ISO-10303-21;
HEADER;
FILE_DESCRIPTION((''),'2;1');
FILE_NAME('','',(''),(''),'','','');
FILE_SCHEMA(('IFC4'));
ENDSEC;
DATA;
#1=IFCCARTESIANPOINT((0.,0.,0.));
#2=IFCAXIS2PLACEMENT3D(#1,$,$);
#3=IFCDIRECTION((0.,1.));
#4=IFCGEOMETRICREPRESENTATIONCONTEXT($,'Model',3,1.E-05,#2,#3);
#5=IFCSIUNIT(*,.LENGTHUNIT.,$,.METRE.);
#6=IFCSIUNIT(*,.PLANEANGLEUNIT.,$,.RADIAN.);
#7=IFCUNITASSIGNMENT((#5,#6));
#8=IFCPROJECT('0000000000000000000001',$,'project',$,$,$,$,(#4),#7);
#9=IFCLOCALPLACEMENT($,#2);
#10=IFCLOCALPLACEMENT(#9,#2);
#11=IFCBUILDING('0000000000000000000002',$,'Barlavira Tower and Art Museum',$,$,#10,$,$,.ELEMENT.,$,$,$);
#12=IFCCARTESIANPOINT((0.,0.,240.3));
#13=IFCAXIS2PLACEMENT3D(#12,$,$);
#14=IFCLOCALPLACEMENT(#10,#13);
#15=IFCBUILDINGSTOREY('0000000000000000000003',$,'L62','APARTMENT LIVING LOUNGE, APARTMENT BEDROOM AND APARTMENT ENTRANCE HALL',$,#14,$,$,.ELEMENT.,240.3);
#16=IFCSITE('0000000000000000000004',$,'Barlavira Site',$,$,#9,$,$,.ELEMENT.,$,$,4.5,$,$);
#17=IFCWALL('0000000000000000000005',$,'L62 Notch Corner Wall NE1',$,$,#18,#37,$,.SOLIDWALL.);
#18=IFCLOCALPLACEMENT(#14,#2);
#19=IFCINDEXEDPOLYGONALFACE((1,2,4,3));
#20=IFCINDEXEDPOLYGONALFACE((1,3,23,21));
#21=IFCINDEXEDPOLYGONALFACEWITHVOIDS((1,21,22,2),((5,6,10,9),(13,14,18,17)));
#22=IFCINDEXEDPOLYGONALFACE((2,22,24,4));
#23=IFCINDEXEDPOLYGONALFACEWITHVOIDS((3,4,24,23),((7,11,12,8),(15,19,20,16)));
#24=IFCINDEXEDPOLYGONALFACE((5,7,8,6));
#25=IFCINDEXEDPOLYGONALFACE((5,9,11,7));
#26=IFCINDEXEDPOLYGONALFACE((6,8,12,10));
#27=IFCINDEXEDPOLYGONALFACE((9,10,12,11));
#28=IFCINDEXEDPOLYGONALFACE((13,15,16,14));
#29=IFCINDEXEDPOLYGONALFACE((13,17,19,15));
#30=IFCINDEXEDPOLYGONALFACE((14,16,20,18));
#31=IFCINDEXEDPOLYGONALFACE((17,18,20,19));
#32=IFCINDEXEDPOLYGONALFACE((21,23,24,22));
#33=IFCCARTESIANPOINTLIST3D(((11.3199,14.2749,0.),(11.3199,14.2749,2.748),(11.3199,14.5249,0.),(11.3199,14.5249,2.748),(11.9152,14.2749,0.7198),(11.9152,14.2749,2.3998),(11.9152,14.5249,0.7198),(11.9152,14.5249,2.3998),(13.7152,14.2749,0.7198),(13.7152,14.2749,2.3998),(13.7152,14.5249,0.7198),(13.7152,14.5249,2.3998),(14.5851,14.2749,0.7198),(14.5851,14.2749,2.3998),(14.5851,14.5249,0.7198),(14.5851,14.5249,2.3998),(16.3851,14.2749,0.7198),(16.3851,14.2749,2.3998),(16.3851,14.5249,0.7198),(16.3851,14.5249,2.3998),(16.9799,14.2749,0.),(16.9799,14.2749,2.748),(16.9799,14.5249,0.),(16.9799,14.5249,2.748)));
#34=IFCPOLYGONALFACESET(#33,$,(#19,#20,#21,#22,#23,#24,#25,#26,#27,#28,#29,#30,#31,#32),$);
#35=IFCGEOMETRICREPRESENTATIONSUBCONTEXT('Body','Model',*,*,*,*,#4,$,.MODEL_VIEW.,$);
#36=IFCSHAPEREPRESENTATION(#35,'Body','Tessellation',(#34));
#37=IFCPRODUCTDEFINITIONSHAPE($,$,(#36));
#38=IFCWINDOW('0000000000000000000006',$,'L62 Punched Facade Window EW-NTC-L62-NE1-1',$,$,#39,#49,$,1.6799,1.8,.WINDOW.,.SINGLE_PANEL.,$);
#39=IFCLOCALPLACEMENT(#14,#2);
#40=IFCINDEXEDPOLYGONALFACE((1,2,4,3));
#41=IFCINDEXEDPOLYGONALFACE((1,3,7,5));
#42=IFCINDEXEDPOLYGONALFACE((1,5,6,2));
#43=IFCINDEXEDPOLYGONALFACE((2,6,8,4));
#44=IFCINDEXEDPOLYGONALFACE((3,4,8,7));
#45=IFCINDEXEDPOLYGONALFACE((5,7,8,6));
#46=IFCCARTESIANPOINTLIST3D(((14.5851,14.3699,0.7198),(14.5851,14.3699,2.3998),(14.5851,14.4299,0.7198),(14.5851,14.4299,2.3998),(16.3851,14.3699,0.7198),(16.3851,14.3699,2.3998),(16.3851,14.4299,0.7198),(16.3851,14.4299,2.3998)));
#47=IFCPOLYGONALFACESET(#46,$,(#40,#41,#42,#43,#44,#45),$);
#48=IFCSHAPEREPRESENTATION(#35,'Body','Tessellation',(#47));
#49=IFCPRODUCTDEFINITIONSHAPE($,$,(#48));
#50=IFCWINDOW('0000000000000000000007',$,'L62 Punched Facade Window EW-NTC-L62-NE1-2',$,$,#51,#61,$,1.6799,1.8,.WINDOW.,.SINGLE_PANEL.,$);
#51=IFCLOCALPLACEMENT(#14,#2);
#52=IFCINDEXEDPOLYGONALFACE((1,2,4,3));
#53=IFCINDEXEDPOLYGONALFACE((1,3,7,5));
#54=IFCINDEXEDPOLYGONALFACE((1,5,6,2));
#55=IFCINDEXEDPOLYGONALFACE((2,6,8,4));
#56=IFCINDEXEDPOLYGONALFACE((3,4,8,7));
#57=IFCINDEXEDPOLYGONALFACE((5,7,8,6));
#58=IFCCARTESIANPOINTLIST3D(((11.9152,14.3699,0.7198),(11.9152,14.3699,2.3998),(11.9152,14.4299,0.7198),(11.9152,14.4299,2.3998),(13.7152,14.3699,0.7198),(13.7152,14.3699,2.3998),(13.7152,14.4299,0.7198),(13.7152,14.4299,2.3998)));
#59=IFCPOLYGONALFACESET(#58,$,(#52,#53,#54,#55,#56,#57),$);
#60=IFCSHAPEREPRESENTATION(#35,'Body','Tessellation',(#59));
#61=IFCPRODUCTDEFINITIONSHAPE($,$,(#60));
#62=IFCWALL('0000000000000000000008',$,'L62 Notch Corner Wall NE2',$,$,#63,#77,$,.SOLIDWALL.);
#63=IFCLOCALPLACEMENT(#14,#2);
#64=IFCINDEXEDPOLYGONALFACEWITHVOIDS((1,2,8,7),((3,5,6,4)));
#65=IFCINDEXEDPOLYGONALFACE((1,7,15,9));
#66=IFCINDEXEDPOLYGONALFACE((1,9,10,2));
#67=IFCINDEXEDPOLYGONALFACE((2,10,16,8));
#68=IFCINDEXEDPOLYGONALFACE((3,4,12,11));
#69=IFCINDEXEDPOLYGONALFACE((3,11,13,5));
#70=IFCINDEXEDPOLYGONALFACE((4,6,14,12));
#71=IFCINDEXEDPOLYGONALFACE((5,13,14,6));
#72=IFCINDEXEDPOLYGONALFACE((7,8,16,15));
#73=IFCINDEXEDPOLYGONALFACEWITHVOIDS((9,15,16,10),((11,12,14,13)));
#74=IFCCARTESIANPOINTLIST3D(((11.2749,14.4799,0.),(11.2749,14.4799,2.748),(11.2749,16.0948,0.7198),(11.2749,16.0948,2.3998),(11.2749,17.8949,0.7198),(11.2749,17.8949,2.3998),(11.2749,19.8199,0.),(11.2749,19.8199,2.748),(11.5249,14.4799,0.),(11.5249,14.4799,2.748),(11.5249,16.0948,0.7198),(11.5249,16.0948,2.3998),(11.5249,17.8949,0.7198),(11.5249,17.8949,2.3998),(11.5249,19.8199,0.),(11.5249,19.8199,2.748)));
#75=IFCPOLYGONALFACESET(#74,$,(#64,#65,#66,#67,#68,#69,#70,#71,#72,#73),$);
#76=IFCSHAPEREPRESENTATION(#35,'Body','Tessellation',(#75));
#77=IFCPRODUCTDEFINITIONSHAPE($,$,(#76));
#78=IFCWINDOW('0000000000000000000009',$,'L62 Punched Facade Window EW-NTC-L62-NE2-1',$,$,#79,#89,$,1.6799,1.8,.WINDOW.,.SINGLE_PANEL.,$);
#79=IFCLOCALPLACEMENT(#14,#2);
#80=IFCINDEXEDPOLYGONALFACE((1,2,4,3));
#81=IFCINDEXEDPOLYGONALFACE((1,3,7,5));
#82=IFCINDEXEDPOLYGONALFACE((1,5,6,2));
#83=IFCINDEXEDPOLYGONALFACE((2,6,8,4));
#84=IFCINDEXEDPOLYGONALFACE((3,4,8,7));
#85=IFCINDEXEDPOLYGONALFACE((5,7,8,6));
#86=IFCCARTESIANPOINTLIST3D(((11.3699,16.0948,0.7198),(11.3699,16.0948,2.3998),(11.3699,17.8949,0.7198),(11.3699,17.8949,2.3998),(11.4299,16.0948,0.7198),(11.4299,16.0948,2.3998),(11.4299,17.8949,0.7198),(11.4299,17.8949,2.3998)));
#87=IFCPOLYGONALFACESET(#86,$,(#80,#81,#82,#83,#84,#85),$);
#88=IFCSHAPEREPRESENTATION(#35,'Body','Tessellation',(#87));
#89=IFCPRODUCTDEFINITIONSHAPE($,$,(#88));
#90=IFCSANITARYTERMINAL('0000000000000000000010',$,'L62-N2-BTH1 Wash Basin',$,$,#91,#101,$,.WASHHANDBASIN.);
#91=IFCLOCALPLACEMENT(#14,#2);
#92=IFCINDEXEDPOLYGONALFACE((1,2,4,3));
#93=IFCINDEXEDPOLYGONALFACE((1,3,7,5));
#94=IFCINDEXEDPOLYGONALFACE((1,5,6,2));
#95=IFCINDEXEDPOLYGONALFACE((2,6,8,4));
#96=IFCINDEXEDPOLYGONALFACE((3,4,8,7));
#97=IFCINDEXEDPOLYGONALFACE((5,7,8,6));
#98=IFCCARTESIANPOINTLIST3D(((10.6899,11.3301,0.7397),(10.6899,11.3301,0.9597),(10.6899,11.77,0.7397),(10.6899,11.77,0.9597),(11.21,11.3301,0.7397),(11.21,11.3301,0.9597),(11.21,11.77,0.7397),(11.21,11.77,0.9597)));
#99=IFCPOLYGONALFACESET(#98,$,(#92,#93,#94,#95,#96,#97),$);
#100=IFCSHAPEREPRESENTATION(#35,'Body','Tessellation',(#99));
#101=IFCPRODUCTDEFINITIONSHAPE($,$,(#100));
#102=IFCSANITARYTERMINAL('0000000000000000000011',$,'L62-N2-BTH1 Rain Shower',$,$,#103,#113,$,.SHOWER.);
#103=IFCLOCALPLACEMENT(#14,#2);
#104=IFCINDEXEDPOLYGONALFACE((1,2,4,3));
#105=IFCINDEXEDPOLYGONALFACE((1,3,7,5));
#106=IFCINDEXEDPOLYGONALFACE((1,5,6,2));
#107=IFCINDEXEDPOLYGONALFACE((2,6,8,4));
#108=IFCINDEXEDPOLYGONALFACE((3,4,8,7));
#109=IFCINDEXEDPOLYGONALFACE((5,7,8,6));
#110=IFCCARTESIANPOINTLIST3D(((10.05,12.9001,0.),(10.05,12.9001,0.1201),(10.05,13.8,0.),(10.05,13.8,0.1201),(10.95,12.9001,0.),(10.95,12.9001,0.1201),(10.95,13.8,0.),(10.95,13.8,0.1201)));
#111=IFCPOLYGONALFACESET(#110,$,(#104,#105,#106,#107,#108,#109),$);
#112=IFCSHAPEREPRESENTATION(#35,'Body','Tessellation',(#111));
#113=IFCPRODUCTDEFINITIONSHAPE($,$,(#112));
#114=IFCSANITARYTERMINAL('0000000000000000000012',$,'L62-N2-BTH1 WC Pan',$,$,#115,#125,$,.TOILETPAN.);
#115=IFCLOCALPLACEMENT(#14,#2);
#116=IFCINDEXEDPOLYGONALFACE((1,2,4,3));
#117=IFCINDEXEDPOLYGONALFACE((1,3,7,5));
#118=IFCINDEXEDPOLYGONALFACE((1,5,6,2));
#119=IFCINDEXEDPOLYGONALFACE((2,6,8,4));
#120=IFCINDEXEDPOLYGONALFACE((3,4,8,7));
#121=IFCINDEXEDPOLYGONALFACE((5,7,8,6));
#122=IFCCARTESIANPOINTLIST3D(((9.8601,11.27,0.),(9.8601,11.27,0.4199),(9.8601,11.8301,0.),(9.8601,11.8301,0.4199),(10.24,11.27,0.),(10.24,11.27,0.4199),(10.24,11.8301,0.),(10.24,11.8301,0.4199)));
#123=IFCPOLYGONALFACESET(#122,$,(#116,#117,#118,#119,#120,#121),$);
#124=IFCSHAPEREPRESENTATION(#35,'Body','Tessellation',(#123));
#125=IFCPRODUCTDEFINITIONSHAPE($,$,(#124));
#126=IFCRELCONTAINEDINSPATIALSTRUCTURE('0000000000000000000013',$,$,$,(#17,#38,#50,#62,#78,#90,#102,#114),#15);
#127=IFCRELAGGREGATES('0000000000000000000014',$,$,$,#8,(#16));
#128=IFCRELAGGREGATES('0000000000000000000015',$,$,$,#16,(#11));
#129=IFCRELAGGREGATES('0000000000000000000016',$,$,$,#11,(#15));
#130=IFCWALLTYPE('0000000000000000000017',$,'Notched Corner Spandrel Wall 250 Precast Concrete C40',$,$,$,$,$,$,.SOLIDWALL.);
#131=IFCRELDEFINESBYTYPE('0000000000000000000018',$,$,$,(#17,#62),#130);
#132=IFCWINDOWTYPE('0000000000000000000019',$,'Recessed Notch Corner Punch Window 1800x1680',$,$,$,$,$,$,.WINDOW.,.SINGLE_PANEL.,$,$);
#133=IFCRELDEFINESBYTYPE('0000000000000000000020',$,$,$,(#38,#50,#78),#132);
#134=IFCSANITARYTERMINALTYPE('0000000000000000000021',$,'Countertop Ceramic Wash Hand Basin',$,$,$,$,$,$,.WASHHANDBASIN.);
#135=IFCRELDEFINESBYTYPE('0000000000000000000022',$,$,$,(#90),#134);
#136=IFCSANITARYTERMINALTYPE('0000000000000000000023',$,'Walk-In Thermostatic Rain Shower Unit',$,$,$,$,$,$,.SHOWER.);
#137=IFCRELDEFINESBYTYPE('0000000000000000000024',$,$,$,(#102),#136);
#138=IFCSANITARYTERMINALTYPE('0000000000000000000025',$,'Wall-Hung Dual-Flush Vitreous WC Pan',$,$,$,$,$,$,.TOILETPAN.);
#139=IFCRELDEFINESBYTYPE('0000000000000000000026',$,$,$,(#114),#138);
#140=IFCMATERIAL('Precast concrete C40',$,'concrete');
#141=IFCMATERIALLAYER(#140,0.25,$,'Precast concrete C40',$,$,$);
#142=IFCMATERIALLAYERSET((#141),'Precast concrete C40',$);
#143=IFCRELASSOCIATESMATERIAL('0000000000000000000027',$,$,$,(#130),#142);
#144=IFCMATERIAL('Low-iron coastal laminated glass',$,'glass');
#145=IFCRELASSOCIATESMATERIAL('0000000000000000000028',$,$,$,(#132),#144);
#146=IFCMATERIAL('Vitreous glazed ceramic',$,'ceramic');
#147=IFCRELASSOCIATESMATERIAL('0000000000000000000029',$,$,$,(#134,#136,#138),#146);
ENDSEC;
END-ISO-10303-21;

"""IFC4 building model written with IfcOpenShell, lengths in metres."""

from ifc_helpers import new_model, si_unit, direction, frame, frame_2d, origin, origin_2d, place, context, subcontext, project, spatial, rectangle, extrude, material, layer, layer_set, type_object, element, fill, save


model = new_model("IFC4")

# Units and contexts
model_context = context("Model", 3, precision=1e-05, world=origin(), true_north=direction((0.0, 1.0)))
body_context = subcontext(model_context, "Body", "Model", "MODEL_VIEW")
ifc_project = project(units=[si_unit("LENGTHUNIT", "METRE"), si_unit("PLANEANGLEUNIT", "RADIAN")], contexts=[model_context])

# Site, building, storey
site_placement = place(None, origin())
site = spatial("IfcSite", under=ifc_project, at=site_placement, Name="Barlavira Site", CompositionType="ELEMENT", RefElevation=4.5)
building_placement = place(site_placement, origin())
building = spatial("IfcBuilding", under=site, at=building_placement, Name="Barlavira Tower and Art Museum", CompositionType="ELEMENT")
storey_placement = place(building_placement, frame((0.0, 0.0, 240.3)))
storey = spatial("IfcBuildingStorey", under=building, at=storey_placement, Name="L62", Description="APARTMENT LIVING LOUNGE, APARTMENT BEDROOM AND APARTMENT ENTRANCE HALL", CompositionType="ELEMENT", Elevation=240.3)

# Shared definitions
ifc_material_1 = material(Name="Precast concrete C40", Category="concrete")
ifc_layer_1 = layer(ifc_material_1, 0.25, Name="Precast concrete C40")
ifc_layer_set_1 = layer_set([ifc_layer_1], Name="Precast concrete C40")
wall_type_1 = type_object("IfcWallType", Name="Notched Corner Spandrel Wall 250 Precast Concrete C40", PredefinedType="SOLIDWALL", material=ifc_layer_set_1)
ifc_material_2 = material(Name="Low-iron coastal laminated glass", Category="glass")
window_type = type_object("IfcWindowType", Name="Recessed Notch Corner Punch Window 1800x1680", PartitioningType="SINGLE_PANEL", PredefinedType="WINDOW", material=ifc_material_2)

# Wall, openings, windows
wall_1_placement = place(storey_placement, frame((16.98, 14.3999, 0.0), z_axis=(0.0, 0.0, 1.0), x_axis=(-1.0, 0.0, 0.0)))
wall_1 = element("IfcWall", 1, at=wall_1_placement, inside=storey, type_object=wall_type_1, Name="L62 Notch Corner Wall NE1", PredefinedType="SOLIDWALL", context=body_context, shape_type="SweptSolid", body=[
    extrude(rectangle(XDim=5.6599, YDim=0.25, at=frame_2d((2.8301, 0.0))), origin(), (0.0, 0.0, 1.0), 2.748),
])
opening_1_placement = place(wall_1_placement, frame((0.595, 0.0, 0.72)))
opening_1 = element("IfcOpeningElement", 2, at=opening_1_placement, cuts=wall_1, PredefinedType="OPENING", context=body_context, shape_type="SweptSolid", body=[
    extrude(rectangle(XDim=1.8, YDim=1.6799, at=frame_2d((0.8999, 0.8398))), frame((0.0, 0.135, 0.0), z_axis=(0.0, -1.0, 0.0), x_axis=(1.0, 0.0, 0.0)), (0.0, 0.0, 1.0), 0.27),
])
opening_2_placement = place(wall_1_placement, frame((3.2649, 0.0, 0.72)))
opening_2 = element("IfcOpeningElement", 3, at=opening_2_placement, cuts=wall_1, PredefinedType="OPENING", context=body_context, shape_type="SweptSolid", body=[
    extrude(rectangle(XDim=1.8, YDim=1.6799, at=frame_2d((0.8999, 0.8398))), frame((0.0, 0.135, 0.0), z_axis=(0.0, -1.0, 0.0), x_axis=(1.0, 0.0, 0.0)), (0.0, 0.0, 1.0), 0.27),
])
window_1_placement = place(opening_1_placement, origin())
window_1 = element("IfcWindow", 4, at=window_1_placement, inside=storey, type_object=window_type, Name="L62 Punched Facade Window EW-NTC-L62-NE1-1", OverallHeight=1.6799, OverallWidth=1.8, PartitioningType="SINGLE_PANEL", PredefinedType="WINDOW", context=body_context, shape_type="SweptSolid", body=[
    extrude(rectangle(XDim=1.8, YDim=1.6799, at=frame_2d((0.8999, 0.8398))), frame((0.0, 0.03, 0.0), z_axis=(0.0, -1.0, 0.0), x_axis=(1.0, 0.0, 0.0)), (0.0, 0.0, 1.0), 0.0601),
])
fill(opening_1, window_1)
window_2_placement = place(opening_2_placement, origin())
window_2 = element("IfcWindow", 5, at=window_2_placement, inside=storey, type_object=window_type, Name="L62 Punched Facade Window EW-NTC-L62-NE1-2", OverallHeight=1.6799, OverallWidth=1.8, PartitioningType="SINGLE_PANEL", PredefinedType="WINDOW", context=body_context, shape_type="SweptSolid", body=[
    extrude(rectangle(XDim=1.8, YDim=1.6799, at=frame_2d((0.8999, 0.8398))), frame((0.0, 0.03, 0.0), z_axis=(0.0, -1.0, 0.0), x_axis=(1.0, 0.0, 0.0)), (0.0, 0.0, 1.0), 0.0601),
])
fill(opening_2, window_2)

# Wall, opening, window
wall_2_placement = place(storey_placement, frame((11.3999, 14.48, 0.0), z_axis=(0.0, 0.0, 1.0), x_axis=(0.0, 1.0, 0.0)))
wall_2 = element("IfcWall", 6, at=wall_2_placement, inside=storey, type_object=wall_type_1, Name="L62 Notch Corner Wall NE2", PredefinedType="SOLIDWALL", context=body_context, shape_type="SweptSolid", body=[
    extrude(rectangle(XDim=5.3401, YDim=0.25, at=frame_2d((2.6699, 0.0))), origin(), (0.0, 0.0, 1.0), 2.748),
])
opening_3_placement = place(wall_2_placement, frame((1.615, 0.0, 0.72)))
opening_3 = element("IfcOpeningElement", 7, at=opening_3_placement, cuts=wall_2, PredefinedType="OPENING", context=body_context, shape_type="SweptSolid", body=[
    extrude(rectangle(XDim=1.8, YDim=1.6799, at=frame_2d((0.8999, 0.8398))), frame((0.0, 0.135, 0.0), z_axis=(0.0, -1.0, 0.0), x_axis=(1.0, 0.0, 0.0)), (0.0, 0.0, 1.0), 0.27),
])
window_3_placement = place(opening_3_placement, origin())
window_3 = element("IfcWindow", 8, at=window_3_placement, inside=storey, type_object=window_type, Name="L62 Punched Facade Window EW-NTC-L62-NE2-1", OverallHeight=1.6799, OverallWidth=1.8, PartitioningType="SINGLE_PANEL", PredefinedType="WINDOW", context=body_context, shape_type="SweptSolid", body=[
    extrude(rectangle(XDim=1.8, YDim=1.6799, at=frame_2d((0.8999, 0.8398))), frame((0.0, 0.03, 0.0), z_axis=(0.0, -1.0, 0.0), x_axis=(1.0, 0.0, 0.0)), (0.0, 0.0, 1.0), 0.0601),
])
fill(opening_3, window_3)

# Sanitary terminals
ifc_material_3 = material(Name="Vitreous glazed ceramic", Category="ceramic")
sanitary_terminal_type_1 = type_object("IfcSanitaryTerminalType", Name="Countertop Ceramic Wash Hand Basin", PredefinedType="WASHHANDBASIN", material=ifc_material_3)
sanitary_terminal_1_placement = place(storey_placement, frame((10.95, 11.55, 0.7397), z_axis=(0.0, 0.0, 1.0), x_axis=(1.0, 0.0, 0.0)))
element("IfcSanitaryTerminal", 9, at=sanitary_terminal_1_placement, inside=storey, type_object=sanitary_terminal_type_1, Name="L62-N2-BTH1 Wash Basin", PredefinedType="WASHHANDBASIN", context=body_context, shape_type="SweptSolid", body=[
    extrude(rectangle(XDim=0.52, YDim=0.4399, at=origin_2d()), origin(), (0.0, 0.0, 1.0), 0.22),
])
sanitary_terminal_type_2 = type_object("IfcSanitaryTerminalType", Name="Walk-In Thermostatic Rain Shower Unit", PredefinedType="SHOWER", material=ifc_material_3)
sanitary_terminal_2_placement = place(storey_placement, frame((10.5, 13.3501, 0.0), z_axis=(0.0, 0.0, 1.0), x_axis=(1.0, 0.0, 0.0)))
element("IfcSanitaryTerminal", 10, at=sanitary_terminal_2_placement, inside=storey, type_object=sanitary_terminal_type_2, Name="L62-N2-BTH1 Rain Shower", PredefinedType="SHOWER", context=body_context, shape_type="SweptSolid", body=[
    extrude(rectangle(XDim=0.8999, YDim=0.8999, at=origin_2d()), origin(), (0.0, 0.0, 1.0), 0.1201),
])
sanitary_terminal_type_3 = type_object("IfcSanitaryTerminalType", Name="Wall-Hung Dual-Flush Vitreous WC Pan", PredefinedType="TOILETPAN", material=ifc_material_3)
sanitary_terminal_3_placement = place(storey_placement, frame((10.05, 11.55, 0.0), z_axis=(0.0, 0.0, 1.0), x_axis=(1.0, 0.0, 0.0)))
element("IfcSanitaryTerminal", 11, at=sanitary_terminal_3_placement, inside=storey, type_object=sanitary_terminal_type_3, Name="L62-N2-BTH1 WC Pan", PredefinedType="TOILETPAN", context=body_context, shape_type="SweptSolid", body=[
    extrude(rectangle(XDim=0.3799, YDim=0.5601, at=origin_2d()), origin(), (0.0, 0.0, 1.0), 0.4199),
])

save(model, "model.ifc")
